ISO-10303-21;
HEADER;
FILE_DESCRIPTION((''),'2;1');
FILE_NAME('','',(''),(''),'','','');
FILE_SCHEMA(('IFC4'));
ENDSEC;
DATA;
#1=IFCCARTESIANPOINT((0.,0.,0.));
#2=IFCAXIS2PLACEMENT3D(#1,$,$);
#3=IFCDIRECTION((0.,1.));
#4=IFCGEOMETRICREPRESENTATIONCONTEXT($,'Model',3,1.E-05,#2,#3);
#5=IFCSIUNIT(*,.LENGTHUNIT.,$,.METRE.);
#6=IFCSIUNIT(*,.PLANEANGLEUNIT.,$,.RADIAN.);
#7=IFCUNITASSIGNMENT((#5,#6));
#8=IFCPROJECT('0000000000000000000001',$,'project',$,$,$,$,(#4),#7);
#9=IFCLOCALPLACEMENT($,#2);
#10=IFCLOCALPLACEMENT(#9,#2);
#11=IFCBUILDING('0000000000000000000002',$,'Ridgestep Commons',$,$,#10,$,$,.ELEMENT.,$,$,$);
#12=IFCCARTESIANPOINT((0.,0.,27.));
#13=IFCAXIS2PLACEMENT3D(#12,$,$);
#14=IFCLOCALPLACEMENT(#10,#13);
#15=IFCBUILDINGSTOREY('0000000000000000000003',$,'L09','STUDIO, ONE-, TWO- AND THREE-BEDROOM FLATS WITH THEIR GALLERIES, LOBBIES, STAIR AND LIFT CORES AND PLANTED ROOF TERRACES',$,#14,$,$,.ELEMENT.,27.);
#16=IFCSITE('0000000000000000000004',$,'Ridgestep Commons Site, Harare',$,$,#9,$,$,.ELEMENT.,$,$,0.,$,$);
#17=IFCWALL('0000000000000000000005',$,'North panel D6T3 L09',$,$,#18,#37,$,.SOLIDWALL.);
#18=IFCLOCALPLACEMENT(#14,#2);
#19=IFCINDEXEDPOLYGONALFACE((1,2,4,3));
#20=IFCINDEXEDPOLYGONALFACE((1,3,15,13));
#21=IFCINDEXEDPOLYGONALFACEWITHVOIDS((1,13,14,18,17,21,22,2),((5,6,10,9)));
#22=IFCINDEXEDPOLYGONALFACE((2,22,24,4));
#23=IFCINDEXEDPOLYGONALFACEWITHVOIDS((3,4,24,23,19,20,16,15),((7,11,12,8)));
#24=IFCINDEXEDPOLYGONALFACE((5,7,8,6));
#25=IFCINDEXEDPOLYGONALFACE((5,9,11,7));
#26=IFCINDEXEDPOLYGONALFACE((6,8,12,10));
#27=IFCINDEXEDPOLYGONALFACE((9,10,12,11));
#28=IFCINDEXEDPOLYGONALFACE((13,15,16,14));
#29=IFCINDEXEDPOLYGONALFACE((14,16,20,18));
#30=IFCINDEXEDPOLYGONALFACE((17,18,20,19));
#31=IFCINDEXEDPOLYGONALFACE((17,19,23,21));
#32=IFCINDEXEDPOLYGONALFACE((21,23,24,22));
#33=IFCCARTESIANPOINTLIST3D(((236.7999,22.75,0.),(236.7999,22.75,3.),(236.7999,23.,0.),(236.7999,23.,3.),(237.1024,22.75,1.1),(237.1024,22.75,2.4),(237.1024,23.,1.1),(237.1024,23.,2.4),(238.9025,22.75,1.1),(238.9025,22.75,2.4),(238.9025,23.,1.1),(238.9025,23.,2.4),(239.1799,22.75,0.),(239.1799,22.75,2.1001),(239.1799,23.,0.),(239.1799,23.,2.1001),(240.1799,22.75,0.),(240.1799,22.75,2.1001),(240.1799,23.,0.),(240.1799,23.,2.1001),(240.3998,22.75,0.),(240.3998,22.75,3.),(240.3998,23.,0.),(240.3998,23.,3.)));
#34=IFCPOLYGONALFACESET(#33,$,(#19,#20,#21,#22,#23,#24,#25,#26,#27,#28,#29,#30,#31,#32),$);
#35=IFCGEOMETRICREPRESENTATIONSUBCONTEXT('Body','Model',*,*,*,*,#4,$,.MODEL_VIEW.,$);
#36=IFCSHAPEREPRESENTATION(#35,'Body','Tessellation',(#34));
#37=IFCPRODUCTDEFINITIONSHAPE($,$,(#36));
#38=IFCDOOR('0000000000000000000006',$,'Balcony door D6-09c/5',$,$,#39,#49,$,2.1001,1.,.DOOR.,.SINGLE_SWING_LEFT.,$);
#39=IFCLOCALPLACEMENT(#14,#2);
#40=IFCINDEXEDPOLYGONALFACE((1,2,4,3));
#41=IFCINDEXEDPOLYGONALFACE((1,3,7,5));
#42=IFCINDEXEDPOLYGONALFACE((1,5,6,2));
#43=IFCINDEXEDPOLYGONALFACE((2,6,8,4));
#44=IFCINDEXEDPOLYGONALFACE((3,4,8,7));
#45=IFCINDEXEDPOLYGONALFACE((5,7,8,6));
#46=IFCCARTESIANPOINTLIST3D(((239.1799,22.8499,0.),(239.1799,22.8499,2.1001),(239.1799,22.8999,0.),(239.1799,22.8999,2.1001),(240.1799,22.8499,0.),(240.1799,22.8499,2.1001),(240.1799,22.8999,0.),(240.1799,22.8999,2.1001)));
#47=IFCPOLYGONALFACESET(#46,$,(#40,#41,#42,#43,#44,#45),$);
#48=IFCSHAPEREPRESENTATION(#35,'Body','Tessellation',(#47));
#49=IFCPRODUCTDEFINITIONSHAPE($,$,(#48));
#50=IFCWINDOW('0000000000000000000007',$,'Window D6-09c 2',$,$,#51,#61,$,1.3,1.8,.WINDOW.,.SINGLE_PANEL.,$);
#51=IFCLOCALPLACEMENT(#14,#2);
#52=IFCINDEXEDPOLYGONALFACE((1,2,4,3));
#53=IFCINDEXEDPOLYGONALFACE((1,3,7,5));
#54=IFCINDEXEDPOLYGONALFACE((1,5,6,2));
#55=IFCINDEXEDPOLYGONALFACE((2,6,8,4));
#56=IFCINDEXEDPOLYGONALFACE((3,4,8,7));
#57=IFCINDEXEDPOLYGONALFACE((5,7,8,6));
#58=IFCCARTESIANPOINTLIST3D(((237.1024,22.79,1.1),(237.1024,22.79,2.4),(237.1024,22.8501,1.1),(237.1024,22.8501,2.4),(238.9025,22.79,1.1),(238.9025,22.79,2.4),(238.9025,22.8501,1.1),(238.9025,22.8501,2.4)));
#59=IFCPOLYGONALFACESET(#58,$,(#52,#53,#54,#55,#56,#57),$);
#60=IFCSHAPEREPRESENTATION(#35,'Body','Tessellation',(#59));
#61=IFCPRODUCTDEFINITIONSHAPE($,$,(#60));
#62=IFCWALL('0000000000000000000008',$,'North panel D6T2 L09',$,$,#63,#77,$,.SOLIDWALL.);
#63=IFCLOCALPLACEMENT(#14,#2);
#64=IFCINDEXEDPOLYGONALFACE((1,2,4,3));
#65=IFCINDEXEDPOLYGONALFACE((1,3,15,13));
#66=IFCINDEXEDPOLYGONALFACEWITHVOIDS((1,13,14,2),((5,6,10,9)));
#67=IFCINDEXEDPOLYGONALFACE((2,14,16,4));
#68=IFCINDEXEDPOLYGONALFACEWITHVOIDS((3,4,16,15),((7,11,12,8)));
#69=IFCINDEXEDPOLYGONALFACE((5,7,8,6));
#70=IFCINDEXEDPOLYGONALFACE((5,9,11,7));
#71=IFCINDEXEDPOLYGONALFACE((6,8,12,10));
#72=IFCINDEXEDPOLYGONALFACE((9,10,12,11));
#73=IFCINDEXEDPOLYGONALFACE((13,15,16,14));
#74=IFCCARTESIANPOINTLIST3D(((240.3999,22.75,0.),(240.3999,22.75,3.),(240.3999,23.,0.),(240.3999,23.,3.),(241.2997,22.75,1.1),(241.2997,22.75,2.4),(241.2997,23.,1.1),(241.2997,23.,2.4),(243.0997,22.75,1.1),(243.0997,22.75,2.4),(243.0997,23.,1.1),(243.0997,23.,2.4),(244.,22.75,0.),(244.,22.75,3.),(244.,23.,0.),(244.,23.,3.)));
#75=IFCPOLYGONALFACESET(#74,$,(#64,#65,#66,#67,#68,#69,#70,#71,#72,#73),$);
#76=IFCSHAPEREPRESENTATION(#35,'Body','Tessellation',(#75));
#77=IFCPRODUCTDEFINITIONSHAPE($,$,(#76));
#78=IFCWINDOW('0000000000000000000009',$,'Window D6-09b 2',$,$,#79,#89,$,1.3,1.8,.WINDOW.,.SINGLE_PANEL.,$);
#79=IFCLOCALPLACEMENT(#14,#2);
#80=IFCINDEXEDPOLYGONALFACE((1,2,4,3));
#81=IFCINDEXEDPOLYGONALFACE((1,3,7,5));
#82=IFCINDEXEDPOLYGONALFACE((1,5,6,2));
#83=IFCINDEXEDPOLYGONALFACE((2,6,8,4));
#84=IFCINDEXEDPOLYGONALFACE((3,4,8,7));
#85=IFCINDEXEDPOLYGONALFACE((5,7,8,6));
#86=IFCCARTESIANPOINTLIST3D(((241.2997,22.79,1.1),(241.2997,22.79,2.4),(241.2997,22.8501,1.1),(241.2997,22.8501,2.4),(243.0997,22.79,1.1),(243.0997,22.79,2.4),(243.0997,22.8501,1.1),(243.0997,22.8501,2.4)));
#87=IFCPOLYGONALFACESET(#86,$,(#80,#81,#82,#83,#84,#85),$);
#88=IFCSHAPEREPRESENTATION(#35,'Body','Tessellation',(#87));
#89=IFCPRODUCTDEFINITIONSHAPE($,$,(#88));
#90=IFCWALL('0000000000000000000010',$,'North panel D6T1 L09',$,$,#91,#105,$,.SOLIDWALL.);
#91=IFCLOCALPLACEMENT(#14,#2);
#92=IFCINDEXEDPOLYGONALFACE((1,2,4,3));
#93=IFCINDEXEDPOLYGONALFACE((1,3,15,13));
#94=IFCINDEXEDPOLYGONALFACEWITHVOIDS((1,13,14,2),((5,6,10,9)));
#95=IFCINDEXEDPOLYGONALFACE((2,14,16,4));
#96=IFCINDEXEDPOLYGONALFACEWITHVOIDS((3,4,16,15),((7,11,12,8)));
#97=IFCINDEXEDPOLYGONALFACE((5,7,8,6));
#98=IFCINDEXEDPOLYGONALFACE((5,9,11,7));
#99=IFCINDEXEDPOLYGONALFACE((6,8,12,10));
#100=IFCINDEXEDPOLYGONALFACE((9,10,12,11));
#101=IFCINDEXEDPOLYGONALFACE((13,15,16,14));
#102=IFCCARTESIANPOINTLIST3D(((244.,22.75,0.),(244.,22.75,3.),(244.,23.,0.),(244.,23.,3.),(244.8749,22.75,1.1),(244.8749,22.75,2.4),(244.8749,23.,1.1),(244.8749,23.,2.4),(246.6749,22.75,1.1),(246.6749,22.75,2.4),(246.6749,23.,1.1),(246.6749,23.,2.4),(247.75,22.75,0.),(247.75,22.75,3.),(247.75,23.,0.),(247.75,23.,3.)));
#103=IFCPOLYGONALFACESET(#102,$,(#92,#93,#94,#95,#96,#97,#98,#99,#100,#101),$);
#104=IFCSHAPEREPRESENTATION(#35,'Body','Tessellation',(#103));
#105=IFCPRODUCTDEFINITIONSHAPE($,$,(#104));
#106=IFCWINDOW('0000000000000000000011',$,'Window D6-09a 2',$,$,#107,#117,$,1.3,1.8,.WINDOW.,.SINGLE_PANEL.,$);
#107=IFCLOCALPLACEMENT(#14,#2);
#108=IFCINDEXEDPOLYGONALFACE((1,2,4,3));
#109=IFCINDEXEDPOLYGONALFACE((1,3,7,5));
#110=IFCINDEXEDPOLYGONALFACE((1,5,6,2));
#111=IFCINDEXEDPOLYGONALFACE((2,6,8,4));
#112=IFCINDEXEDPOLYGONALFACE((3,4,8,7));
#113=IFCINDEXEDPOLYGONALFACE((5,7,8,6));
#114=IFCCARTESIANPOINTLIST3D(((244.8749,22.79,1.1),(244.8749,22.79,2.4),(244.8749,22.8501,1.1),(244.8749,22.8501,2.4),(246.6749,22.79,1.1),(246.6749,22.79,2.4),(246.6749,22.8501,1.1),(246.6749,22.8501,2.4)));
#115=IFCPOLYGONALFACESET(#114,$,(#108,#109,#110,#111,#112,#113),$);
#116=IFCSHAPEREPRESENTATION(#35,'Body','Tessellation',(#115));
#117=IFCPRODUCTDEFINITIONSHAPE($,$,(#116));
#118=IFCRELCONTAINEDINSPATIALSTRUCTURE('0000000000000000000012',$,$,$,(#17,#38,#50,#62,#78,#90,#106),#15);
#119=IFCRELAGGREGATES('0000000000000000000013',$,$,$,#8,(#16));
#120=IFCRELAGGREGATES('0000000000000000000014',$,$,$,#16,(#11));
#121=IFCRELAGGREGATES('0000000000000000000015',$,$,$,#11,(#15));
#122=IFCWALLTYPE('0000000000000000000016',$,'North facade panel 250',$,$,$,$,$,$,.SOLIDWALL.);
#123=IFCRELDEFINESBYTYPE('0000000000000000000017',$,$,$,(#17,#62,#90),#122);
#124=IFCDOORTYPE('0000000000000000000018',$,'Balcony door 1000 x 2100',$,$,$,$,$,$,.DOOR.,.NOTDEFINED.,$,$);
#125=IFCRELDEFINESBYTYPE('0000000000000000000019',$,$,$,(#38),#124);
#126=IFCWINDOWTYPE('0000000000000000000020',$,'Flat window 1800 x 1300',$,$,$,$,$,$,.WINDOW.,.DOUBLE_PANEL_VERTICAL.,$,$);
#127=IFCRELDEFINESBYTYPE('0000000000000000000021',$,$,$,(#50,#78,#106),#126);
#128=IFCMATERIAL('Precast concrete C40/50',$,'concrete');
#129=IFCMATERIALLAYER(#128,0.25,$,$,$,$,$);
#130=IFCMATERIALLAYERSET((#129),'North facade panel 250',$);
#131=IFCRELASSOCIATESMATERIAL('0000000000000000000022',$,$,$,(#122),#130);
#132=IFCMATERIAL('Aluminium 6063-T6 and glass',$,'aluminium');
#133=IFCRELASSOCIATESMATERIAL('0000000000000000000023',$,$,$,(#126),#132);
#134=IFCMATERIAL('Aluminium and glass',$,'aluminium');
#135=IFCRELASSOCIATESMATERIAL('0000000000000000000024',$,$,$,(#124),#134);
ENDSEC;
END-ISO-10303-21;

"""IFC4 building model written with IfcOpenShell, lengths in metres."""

from ifc_helpers import new_model, si_unit, direction, frame, frame_2d, origin, place, context, subcontext, project, spatial, rectangle, extrude, material, layer, layer_set, type_object, element, fill, save


model = new_model("IFC4")

# Units and contexts
model_context = context("Model", 3, precision=1e-05, world=origin(), true_north=direction((0.0, 1.0)))
body_context = subcontext(model_context, "Body", "Model", "MODEL_VIEW")
ifc_project = project(units=[si_unit("LENGTHUNIT", "METRE"), si_unit("PLANEANGLEUNIT", "RADIAN")], contexts=[model_context])

# Site, building, storey
site_placement = place(None, origin())
site = spatial("IfcSite", under=ifc_project, at=site_placement, Name="Ridgestep Commons Site, Harare", CompositionType="ELEMENT", RefElevation=0.0)
building_placement = place(site_placement, origin())
building = spatial("IfcBuilding", under=site, at=building_placement, Name="Ridgestep Commons", CompositionType="ELEMENT")
storey_placement = place(building_placement, frame((0.0, 0.0, 27.0)))
storey = spatial("IfcBuildingStorey", under=building, at=storey_placement, Name="L09", Description="STUDIO, ONE-, TWO- AND THREE-BEDROOM FLATS WITH THEIR GALLERIES, LOBBIES, STAIR AND LIFT CORES AND PLANTED ROOF TERRACES", CompositionType="ELEMENT", Elevation=27.0)

# Shared definitions
ifc_material_1 = material(Name="Precast concrete C40/50", Category="concrete")
ifc_layer_1 = layer(ifc_material_1, 0.25)
ifc_layer_set_1 = layer_set([ifc_layer_1], Name="North facade panel 250")
wall_type_1 = type_object("IfcWallType", Name="North facade panel 250", PredefinedType="SOLIDWALL", material=ifc_layer_set_1)
ifc_material_2 = material(Name="Aluminium 6063-T6 and glass", Category="aluminium")
window_type = type_object("IfcWindowType", Name="Flat window 1800 x 1300", PartitioningType="DOUBLE_PANEL_VERTICAL", PredefinedType="WINDOW", material=ifc_material_2)

# Shared definitions
ifc_material_3 = material(Name="Aluminium and glass", Category="aluminium")
door_type_1 = type_object("IfcDoorType", Name="Balcony door 1000 x 2100", OperationType="NOTDEFINED", PredefinedType="DOOR", material=ifc_material_3)

# Wall, openings, door, window
wall_1_placement = place(storey_placement, frame((236.8, 22.875, 0.0), z_axis=(0.0, 0.0, 1.0), x_axis=(1.0, 0.0, 0.0)))
wall_1 = element("IfcWall", 1, at=wall_1_placement, inside=storey, type_object=wall_type_1, Name="North panel D6T3 L09", PredefinedType="SOLIDWALL", context=body_context, shape_type="SweptSolid", body=[
    extrude(rectangle(XDim=3.5999, YDim=0.25, at=frame_2d((1.7998, 0.0))), origin(), (0.0, 0.0, 1.0), 3.0),
])
opening_1_placement = place(wall_1_placement, frame((0.3025, 0.0, 1.1001)))
opening_1 = element("IfcOpeningElement", 2, at=opening_1_placement, cuts=wall_1, PredefinedType="OPENING", context=body_context, shape_type="SweptSolid", body=[
    extrude(rectangle(XDim=1.8, YDim=1.3, at=frame_2d((0.8999, 0.6499))), frame((0.0, 0.135, 0.0), z_axis=(0.0, -1.0, 0.0), x_axis=(1.0, 0.0, 0.0)), (0.0, 0.0, 1.0), 0.27),
])
opening_2_placement = place(wall_1_placement, frame((2.3799, 0.0, 0.0)))
opening_2 = element("IfcOpeningElement", 3, at=opening_2_placement, cuts=wall_1, PredefinedType="OPENING", context=body_context, shape_type="SweptSolid", body=[
    extrude(rectangle(XDim=1.0, YDim=2.1001, at=frame_2d((0.5, 1.05))), frame((0.0, 0.135, 0.0), z_axis=(0.0, -1.0, 0.0), x_axis=(1.0, 0.0, 0.0)), (0.0, 0.0, 1.0), 0.27),
])
door_1_placement = place(opening_2_placement, origin())
door_1 = element("IfcDoor", 4, at=door_1_placement, inside=storey, type_object=door_type_1, Name="Balcony door D6-09c/5", OperationType="SINGLE_SWING_LEFT", OverallHeight=2.1001, OverallWidth=1.0, PredefinedType="DOOR", context=body_context, shape_type="SweptSolid", body=[
    extrude(rectangle(XDim=1.0, YDim=2.1001, at=frame_2d((0.5, 1.05))), frame((0.0, 0.0249, 0.0), z_axis=(0.0, -1.0, 0.0), x_axis=(1.0, 0.0, 0.0)), (0.0, 0.0, 1.0), 0.05),
])
fill(opening_2, door_1)
window_1_placement = place(opening_1_placement, origin())
window_1 = element("IfcWindow", 5, at=window_1_placement, inside=storey, type_object=window_type, Name="Window D6-09c 2", OverallHeight=1.3, OverallWidth=1.8, PartitioningType="SINGLE_PANEL", PredefinedType="WINDOW", context=body_context, shape_type="SweptSolid", body=[
    extrude(rectangle(XDim=1.8, YDim=1.3, at=frame_2d((0.8999, 0.6499))), frame((0.0, -0.0249, 0.0), z_axis=(0.0, -1.0, 0.0), x_axis=(1.0, 0.0, 0.0)), (0.0, 0.0, 1.0), 0.0601),
])
fill(opening_1, window_1)

# Walls, openings, windows
wall_2_placement = place(storey_placement, frame((240.3999, 22.875, 0.0), z_axis=(0.0, 0.0, 1.0), x_axis=(1.0, 0.0, 0.0)))
wall_2 = element("IfcWall", 6, at=wall_2_placement, inside=storey, type_object=wall_type_1, Name="North panel D6T2 L09", PredefinedType="SOLIDWALL", context=body_context, shape_type="SweptSolid", body=[
    extrude(rectangle(XDim=3.6001, YDim=0.25, at=frame_2d((1.8, 0.0))), origin(), (0.0, 0.0, 1.0), 3.0),
])
opening_3_placement = place(wall_2_placement, frame((0.8999, 0.0, 1.1001)))
opening_3 = element("IfcOpeningElement", 7, at=opening_3_placement, cuts=wall_2, PredefinedType="OPENING", context=body_context, shape_type="SweptSolid", body=[
    extrude(rectangle(XDim=1.8, YDim=1.3, at=frame_2d((0.8999, 0.6499))), frame((0.0, 0.135, 0.0), z_axis=(0.0, -1.0, 0.0), x_axis=(1.0, 0.0, 0.0)), (0.0, 0.0, 1.0), 0.27),
])
window_2_placement = place(opening_3_placement, origin())
window_2 = element("IfcWindow", 8, at=window_2_placement, inside=storey, type_object=window_type, Name="Window D6-09b 2", OverallHeight=1.3, OverallWidth=1.8, PartitioningType="SINGLE_PANEL", PredefinedType="WINDOW", context=body_context, shape_type="SweptSolid", body=[
    extrude(rectangle(XDim=1.8, YDim=1.3, at=frame_2d((0.8999, 0.6499))), frame((0.0, -0.0249, 0.0), z_axis=(0.0, -1.0, 0.0), x_axis=(1.0, 0.0, 0.0)), (0.0, 0.0, 1.0), 0.0601),
])
fill(opening_3, window_2)
wall_3_placement = place(storey_placement, frame((244.0, 22.875, 0.0), z_axis=(0.0, 0.0, 1.0), x_axis=(1.0, 0.0, 0.0)))
wall_3 = element("IfcWall", 9, at=wall_3_placement, inside=storey, type_object=wall_type_1, Name="North panel D6T1 L09", PredefinedType="SOLIDWALL", context=body_context, shape_type="SweptSolid", body=[
    extrude(rectangle(XDim=3.75, YDim=0.25, at=frame_2d((1.875, 0.0))), origin(), (0.0, 0.0, 1.0), 3.0),
])
opening_4_placement = place(wall_3_placement, frame((0.875, 0.0, 1.1001)))
opening_4 = element("IfcOpeningElement", 10, at=opening_4_placement, cuts=wall_3, PredefinedType="OPENING", context=body_context, shape_type="SweptSolid", body=[
    extrude(rectangle(XDim=1.8, YDim=1.3, at=frame_2d((0.8999, 0.6499))), frame((0.0, 0.135, 0.0), z_axis=(0.0, -1.0, 0.0), x_axis=(1.0, 0.0, 0.0)), (0.0, 0.0, 1.0), 0.27),
])
window_3_placement = place(opening_4_placement, origin())
window_3 = element("IfcWindow", 11, at=window_3_placement, inside=storey, type_object=window_type, Name="Window D6-09a 2", OverallHeight=1.3, OverallWidth=1.8, PartitioningType="SINGLE_PANEL", PredefinedType="WINDOW", context=body_context, shape_type="SweptSolid", body=[
    extrude(rectangle(XDim=1.8, YDim=1.3, at=frame_2d((0.8999, 0.6499))), frame((0.0, -0.0249, 0.0), z_axis=(0.0, -1.0, 0.0), x_axis=(1.0, 0.0, 0.0)), (0.0, 0.0, 1.0), 0.0601),
])
fill(opening_4, window_3)

save(model, "model.ifc")
